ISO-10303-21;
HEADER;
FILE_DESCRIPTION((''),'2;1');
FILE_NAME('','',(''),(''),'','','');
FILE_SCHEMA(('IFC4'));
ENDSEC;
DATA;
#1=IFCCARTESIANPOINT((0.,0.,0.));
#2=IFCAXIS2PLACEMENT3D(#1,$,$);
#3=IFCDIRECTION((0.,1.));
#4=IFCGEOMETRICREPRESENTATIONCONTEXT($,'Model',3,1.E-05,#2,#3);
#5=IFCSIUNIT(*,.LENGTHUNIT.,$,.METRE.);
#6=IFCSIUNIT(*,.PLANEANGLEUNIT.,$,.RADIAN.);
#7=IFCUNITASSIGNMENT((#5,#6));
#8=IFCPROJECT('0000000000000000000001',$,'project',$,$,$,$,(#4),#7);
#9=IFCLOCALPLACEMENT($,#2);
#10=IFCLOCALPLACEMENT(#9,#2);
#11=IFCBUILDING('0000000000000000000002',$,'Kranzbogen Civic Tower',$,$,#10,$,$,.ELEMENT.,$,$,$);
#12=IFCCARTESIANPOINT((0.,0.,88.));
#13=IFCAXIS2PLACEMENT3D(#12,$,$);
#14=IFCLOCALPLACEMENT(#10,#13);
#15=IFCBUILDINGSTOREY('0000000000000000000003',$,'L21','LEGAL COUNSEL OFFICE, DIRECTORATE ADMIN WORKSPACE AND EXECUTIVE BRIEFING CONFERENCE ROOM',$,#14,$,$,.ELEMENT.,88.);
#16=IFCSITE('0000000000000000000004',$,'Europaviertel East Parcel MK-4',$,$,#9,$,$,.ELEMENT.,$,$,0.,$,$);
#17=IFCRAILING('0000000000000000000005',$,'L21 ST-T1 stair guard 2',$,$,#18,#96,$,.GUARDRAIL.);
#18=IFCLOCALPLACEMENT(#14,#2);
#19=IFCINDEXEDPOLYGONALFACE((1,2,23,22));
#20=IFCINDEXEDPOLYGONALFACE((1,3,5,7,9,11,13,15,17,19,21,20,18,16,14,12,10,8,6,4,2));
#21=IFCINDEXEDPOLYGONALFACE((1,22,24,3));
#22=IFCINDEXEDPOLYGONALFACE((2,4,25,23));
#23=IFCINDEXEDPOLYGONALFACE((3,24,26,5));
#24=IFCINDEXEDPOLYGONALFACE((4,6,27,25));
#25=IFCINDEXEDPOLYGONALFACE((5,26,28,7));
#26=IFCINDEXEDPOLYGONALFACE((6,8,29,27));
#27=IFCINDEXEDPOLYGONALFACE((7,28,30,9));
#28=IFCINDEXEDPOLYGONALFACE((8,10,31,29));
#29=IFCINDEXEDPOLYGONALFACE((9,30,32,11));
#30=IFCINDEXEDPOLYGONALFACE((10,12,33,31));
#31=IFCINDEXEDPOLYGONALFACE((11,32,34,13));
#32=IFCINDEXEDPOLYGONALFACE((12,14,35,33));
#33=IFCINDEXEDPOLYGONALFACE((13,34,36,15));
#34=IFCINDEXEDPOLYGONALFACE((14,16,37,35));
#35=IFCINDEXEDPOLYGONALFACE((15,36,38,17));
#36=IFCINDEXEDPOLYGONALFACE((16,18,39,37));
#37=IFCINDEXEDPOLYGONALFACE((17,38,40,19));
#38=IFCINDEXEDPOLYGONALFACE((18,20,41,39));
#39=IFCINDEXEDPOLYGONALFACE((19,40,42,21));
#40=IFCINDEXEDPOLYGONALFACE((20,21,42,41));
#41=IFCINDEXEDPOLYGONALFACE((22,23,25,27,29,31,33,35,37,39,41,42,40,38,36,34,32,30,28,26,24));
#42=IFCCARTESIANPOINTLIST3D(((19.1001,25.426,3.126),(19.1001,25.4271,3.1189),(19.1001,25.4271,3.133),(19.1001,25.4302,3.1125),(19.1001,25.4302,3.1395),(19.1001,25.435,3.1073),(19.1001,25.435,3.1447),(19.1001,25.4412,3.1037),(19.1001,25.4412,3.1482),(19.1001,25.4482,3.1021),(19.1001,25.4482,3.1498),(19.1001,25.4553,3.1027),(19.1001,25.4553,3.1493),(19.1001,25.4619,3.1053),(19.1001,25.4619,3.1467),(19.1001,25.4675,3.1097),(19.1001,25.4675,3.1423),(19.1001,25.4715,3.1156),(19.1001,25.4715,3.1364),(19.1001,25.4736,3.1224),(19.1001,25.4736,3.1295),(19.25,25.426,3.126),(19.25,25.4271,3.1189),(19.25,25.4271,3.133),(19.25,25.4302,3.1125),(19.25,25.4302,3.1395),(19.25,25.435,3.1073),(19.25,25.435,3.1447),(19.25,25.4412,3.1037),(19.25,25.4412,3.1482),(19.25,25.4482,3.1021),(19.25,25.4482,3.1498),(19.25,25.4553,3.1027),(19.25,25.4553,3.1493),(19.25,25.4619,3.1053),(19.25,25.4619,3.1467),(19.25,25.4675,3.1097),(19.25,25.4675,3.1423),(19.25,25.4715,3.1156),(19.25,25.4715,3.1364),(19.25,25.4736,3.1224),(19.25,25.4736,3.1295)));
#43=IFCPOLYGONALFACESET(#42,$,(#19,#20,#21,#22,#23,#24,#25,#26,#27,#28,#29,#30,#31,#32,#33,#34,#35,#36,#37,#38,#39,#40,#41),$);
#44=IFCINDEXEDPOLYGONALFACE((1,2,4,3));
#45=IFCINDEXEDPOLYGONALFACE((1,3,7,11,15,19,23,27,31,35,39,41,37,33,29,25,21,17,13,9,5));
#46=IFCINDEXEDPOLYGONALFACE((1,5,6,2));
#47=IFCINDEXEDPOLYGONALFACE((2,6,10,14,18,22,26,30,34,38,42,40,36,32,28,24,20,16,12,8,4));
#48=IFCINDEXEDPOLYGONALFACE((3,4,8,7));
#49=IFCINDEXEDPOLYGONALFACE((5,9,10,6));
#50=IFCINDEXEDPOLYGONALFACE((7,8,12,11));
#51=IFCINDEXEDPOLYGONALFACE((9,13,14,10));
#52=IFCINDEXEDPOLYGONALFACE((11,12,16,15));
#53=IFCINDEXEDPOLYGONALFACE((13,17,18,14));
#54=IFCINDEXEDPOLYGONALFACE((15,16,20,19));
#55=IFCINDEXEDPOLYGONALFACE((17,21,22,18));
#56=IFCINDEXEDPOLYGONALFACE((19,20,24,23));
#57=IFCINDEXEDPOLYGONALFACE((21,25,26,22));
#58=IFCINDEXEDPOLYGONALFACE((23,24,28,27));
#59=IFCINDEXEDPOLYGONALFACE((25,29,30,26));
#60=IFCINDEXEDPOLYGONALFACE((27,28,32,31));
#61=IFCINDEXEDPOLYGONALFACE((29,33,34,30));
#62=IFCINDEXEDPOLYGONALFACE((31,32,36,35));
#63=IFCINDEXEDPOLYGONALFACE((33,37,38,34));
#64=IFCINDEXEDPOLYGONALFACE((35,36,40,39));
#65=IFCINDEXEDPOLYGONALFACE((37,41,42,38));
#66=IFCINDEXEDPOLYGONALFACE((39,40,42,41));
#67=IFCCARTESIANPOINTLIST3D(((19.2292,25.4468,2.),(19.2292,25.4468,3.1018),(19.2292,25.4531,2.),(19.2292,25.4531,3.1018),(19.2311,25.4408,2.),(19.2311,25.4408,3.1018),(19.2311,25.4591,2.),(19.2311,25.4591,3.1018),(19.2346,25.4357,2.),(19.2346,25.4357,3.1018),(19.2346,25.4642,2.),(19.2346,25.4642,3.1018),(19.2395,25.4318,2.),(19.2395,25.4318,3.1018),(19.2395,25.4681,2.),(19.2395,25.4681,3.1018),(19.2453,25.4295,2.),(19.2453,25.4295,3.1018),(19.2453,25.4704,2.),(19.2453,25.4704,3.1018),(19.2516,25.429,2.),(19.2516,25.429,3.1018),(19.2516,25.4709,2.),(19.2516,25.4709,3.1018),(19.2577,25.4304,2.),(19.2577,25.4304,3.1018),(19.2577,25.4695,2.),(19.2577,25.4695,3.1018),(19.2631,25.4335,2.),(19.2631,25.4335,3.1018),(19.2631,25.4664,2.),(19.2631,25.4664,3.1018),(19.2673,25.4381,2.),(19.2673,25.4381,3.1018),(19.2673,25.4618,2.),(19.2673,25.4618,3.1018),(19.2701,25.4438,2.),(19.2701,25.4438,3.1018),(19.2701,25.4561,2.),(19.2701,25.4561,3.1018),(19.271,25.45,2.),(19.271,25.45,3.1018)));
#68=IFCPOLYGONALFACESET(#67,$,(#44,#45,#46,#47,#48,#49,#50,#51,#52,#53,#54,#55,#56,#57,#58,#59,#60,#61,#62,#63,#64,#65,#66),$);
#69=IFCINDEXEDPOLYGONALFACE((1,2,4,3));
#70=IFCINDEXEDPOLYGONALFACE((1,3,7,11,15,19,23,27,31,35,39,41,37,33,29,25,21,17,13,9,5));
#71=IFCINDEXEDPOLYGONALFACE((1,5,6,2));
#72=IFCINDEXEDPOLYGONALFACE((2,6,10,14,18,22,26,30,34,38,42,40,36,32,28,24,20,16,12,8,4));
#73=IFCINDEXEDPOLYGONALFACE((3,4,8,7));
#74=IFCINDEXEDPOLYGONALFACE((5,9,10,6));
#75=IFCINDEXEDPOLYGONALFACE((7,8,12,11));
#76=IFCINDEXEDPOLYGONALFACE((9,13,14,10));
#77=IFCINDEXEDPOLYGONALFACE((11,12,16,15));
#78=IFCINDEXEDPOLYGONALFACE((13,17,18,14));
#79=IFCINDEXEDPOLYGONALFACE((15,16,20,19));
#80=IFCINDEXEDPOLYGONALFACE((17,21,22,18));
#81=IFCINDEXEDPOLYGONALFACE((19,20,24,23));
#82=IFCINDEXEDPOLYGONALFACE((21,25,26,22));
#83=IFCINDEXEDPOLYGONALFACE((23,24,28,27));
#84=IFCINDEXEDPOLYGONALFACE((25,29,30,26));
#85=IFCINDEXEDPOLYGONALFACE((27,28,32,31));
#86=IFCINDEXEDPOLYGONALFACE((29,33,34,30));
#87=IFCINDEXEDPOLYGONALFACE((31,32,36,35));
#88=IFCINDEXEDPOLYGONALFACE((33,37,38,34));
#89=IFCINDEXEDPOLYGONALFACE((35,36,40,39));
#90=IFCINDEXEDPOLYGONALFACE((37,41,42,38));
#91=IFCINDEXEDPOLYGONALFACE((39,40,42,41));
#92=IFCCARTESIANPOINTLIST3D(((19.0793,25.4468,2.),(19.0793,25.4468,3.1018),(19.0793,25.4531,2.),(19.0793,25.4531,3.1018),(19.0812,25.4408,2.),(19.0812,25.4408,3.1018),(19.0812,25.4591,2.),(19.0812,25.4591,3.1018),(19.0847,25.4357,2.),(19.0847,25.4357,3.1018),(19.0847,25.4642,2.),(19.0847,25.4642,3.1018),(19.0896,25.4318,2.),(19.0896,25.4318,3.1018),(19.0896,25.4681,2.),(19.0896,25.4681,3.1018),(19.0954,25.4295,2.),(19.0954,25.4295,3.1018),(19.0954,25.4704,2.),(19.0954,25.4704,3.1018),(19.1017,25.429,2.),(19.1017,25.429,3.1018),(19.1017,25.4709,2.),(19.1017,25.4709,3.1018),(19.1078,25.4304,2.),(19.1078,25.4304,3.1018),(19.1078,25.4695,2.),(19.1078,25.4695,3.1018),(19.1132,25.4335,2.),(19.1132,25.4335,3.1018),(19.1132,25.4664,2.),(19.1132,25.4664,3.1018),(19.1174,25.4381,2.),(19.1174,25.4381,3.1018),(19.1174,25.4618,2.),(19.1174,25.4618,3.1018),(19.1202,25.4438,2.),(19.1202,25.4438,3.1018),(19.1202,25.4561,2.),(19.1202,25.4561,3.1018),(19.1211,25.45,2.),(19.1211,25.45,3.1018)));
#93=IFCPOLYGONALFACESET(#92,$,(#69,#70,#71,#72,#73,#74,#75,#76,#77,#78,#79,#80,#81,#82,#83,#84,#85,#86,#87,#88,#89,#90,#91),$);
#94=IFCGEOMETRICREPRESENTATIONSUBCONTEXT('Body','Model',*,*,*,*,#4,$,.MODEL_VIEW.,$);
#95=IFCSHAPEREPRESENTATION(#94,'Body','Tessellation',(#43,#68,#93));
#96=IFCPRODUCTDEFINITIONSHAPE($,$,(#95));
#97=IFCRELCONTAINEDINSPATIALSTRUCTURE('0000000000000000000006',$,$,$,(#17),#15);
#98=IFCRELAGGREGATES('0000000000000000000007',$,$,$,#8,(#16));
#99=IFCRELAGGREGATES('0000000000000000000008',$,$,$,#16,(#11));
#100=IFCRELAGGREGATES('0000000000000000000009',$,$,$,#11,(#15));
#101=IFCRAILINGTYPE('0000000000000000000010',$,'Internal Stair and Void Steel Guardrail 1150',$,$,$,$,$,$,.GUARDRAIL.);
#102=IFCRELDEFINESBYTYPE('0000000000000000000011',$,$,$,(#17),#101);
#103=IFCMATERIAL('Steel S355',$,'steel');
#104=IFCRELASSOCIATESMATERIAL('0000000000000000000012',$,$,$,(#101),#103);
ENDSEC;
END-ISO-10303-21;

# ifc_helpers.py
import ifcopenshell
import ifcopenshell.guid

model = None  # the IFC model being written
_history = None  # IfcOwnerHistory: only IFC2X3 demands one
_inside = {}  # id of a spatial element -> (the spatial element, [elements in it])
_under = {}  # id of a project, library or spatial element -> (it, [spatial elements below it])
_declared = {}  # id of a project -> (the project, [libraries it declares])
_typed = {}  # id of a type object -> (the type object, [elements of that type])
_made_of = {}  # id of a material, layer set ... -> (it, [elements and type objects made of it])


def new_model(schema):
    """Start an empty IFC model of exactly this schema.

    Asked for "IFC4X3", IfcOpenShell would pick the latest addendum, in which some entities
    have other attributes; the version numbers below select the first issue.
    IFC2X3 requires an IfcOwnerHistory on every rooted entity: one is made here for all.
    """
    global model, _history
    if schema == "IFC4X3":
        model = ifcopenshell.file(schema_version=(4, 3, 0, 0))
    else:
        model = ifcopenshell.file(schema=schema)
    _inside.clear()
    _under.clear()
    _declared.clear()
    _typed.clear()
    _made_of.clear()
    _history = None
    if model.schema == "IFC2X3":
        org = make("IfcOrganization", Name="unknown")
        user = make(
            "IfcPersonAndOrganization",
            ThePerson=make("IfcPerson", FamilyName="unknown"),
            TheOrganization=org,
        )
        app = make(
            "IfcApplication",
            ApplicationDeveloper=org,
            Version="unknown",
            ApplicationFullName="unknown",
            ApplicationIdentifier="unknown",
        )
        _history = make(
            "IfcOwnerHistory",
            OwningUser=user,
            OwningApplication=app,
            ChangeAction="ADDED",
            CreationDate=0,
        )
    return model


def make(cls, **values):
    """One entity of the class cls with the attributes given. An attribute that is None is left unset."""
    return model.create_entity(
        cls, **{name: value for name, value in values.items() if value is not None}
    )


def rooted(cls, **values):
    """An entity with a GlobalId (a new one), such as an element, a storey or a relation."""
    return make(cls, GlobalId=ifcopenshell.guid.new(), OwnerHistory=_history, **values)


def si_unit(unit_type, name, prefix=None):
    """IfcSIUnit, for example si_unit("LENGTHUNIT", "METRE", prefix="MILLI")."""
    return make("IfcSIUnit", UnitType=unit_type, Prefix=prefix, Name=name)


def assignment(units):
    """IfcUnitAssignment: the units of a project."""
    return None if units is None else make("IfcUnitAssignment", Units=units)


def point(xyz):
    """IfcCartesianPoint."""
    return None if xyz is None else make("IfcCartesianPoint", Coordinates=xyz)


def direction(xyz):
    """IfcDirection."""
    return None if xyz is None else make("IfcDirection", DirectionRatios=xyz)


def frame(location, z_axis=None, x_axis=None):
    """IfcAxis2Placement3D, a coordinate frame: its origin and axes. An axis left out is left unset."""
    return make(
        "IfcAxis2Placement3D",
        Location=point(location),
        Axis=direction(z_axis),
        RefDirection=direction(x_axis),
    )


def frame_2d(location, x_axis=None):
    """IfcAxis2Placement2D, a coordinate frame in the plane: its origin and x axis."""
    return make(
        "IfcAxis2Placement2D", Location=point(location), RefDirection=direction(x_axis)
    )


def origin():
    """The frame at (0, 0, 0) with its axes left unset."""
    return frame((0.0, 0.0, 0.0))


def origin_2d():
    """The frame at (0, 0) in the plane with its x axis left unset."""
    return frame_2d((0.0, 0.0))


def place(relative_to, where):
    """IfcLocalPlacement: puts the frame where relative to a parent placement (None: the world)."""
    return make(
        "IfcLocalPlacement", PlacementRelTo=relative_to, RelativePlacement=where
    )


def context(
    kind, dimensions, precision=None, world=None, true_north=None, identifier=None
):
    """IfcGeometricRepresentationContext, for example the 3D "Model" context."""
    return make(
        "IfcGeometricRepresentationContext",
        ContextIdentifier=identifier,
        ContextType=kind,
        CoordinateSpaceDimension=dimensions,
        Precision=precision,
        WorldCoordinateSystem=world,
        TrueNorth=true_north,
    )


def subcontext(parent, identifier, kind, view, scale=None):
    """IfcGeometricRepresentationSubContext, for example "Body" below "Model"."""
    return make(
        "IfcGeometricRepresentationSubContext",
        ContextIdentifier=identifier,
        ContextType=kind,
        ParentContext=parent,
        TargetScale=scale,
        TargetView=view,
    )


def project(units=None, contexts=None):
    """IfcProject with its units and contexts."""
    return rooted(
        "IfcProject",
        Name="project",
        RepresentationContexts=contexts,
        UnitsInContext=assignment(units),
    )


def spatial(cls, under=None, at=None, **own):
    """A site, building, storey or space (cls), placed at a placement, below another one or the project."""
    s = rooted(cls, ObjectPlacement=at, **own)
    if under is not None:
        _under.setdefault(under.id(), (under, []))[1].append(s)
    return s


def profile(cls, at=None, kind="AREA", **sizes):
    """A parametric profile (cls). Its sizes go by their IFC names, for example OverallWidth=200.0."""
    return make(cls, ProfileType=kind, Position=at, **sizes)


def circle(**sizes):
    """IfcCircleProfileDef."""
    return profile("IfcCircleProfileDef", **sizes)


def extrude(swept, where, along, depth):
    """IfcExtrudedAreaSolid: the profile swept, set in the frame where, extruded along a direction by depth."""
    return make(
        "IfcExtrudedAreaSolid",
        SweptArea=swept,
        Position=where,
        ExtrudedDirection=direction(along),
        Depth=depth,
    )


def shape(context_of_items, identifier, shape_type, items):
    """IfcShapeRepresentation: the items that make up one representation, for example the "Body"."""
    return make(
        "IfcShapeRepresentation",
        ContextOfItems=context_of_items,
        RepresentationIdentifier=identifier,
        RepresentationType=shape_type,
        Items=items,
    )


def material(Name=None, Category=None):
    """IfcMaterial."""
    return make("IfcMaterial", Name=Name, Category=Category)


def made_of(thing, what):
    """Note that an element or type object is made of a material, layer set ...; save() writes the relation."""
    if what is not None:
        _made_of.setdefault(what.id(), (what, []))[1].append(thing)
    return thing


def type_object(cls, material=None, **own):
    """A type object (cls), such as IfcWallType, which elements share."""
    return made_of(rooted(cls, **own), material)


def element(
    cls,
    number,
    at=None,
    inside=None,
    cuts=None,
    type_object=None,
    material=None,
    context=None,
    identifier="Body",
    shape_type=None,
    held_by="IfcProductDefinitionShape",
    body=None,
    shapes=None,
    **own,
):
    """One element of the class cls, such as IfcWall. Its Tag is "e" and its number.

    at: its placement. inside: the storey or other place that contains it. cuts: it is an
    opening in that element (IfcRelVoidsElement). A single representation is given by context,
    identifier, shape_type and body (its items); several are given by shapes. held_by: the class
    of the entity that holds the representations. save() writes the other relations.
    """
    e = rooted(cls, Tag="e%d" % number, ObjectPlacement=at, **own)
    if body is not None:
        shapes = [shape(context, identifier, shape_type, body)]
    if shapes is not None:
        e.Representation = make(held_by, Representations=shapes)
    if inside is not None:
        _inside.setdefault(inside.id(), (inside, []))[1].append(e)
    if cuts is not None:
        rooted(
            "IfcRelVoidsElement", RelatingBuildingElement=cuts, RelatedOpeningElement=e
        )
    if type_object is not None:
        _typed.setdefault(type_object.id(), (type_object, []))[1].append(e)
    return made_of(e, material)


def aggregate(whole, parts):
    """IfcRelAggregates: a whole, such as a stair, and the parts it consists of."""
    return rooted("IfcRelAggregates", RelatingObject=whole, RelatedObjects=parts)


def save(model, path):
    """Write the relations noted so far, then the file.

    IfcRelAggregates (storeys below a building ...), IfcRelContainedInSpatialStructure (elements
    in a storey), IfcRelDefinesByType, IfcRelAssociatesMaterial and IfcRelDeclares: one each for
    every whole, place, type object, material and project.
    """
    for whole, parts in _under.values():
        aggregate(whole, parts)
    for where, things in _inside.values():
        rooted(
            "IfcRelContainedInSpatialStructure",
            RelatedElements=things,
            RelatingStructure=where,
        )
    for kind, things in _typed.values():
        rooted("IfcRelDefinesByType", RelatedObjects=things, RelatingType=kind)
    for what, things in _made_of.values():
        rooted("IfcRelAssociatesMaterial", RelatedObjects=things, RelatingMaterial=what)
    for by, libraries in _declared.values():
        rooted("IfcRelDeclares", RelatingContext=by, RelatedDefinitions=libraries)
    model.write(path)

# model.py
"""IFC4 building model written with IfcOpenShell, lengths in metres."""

from ifc_helpers import new_model, si_unit, direction, frame, origin, origin_2d, place, context, subcontext, project, spatial, circle, extrude, material, type_object, element, save


model = new_model("IFC4")

# Units and contexts
model_context = context("Model", 3, precision=1e-05, world=origin(), true_north=direction((0.0, 1.0)))
body_context = subcontext(model_context, "Body", "Model", "MODEL_VIEW")
ifc_project = project(units=[si_unit("LENGTHUNIT", "METRE"), si_unit("PLANEANGLEUNIT", "RADIAN")], contexts=[model_context])

# Site, building, storey
site_placement = place(None, origin())
site = spatial("IfcSite", under=ifc_project, at=site_placement, Name="Europaviertel East Parcel MK-4", CompositionType="ELEMENT", RefElevation=0.0)
building_placement = place(site_placement, origin())
building = spatial("IfcBuilding", under=site, at=building_placement, Name="Kranzbogen Civic Tower", CompositionType="ELEMENT")
storey_placement = place(building_placement, frame((0.0, 0.0, 88.0)))
storey = spatial("IfcBuildingStorey", under=building, at=storey_placement, Name="L21", Description="LEGAL COUNSEL OFFICE, DIRECTORATE ADMIN WORKSPACE AND EXECUTIVE BRIEFING CONFERENCE ROOM", CompositionType="ELEMENT", Elevation=88.0)

# Shared definitions
ifc_material_1 = material(Name="Steel S355", Category="steel")

# Railing
railing_type_1 = type_object("IfcRailingType", Name="Internal Stair and Void Steel Guardrail 1150", PredefinedType="GUARDRAIL", material=ifc_material_1)
railing_1_placement = place(storey_placement, frame((19.25, 25.45, 2.0)))
element("IfcRailing", 1, at=railing_1_placement, inside=storey, type_object=railing_type_1, Name="L21 ST-T1 stair guard 2", PredefinedType="GUARDRAIL", context=body_context, shape_type="SweptSolid", body=[
    extrude(circle(Radius=0.0239, at=origin_2d()), frame((0.0, 0.0, 1.126), z_axis=(-1.0, 0.0, 0.0), x_axis=(0.0, -1.0, 0.0)), (0.0, 0.0, 1.0), 0.1499),
    extrude(circle(Radius=0.021, at=origin_2d()), origin(), (0.0, 0.0, 1.0), 1.1018),
    extrude(circle(Radius=0.021, at=origin_2d()), frame((-0.1499, 0.0, 0.0)), (0.0, 0.0, 1.0), 1.1018),
])

save(model, "model.ifc")
